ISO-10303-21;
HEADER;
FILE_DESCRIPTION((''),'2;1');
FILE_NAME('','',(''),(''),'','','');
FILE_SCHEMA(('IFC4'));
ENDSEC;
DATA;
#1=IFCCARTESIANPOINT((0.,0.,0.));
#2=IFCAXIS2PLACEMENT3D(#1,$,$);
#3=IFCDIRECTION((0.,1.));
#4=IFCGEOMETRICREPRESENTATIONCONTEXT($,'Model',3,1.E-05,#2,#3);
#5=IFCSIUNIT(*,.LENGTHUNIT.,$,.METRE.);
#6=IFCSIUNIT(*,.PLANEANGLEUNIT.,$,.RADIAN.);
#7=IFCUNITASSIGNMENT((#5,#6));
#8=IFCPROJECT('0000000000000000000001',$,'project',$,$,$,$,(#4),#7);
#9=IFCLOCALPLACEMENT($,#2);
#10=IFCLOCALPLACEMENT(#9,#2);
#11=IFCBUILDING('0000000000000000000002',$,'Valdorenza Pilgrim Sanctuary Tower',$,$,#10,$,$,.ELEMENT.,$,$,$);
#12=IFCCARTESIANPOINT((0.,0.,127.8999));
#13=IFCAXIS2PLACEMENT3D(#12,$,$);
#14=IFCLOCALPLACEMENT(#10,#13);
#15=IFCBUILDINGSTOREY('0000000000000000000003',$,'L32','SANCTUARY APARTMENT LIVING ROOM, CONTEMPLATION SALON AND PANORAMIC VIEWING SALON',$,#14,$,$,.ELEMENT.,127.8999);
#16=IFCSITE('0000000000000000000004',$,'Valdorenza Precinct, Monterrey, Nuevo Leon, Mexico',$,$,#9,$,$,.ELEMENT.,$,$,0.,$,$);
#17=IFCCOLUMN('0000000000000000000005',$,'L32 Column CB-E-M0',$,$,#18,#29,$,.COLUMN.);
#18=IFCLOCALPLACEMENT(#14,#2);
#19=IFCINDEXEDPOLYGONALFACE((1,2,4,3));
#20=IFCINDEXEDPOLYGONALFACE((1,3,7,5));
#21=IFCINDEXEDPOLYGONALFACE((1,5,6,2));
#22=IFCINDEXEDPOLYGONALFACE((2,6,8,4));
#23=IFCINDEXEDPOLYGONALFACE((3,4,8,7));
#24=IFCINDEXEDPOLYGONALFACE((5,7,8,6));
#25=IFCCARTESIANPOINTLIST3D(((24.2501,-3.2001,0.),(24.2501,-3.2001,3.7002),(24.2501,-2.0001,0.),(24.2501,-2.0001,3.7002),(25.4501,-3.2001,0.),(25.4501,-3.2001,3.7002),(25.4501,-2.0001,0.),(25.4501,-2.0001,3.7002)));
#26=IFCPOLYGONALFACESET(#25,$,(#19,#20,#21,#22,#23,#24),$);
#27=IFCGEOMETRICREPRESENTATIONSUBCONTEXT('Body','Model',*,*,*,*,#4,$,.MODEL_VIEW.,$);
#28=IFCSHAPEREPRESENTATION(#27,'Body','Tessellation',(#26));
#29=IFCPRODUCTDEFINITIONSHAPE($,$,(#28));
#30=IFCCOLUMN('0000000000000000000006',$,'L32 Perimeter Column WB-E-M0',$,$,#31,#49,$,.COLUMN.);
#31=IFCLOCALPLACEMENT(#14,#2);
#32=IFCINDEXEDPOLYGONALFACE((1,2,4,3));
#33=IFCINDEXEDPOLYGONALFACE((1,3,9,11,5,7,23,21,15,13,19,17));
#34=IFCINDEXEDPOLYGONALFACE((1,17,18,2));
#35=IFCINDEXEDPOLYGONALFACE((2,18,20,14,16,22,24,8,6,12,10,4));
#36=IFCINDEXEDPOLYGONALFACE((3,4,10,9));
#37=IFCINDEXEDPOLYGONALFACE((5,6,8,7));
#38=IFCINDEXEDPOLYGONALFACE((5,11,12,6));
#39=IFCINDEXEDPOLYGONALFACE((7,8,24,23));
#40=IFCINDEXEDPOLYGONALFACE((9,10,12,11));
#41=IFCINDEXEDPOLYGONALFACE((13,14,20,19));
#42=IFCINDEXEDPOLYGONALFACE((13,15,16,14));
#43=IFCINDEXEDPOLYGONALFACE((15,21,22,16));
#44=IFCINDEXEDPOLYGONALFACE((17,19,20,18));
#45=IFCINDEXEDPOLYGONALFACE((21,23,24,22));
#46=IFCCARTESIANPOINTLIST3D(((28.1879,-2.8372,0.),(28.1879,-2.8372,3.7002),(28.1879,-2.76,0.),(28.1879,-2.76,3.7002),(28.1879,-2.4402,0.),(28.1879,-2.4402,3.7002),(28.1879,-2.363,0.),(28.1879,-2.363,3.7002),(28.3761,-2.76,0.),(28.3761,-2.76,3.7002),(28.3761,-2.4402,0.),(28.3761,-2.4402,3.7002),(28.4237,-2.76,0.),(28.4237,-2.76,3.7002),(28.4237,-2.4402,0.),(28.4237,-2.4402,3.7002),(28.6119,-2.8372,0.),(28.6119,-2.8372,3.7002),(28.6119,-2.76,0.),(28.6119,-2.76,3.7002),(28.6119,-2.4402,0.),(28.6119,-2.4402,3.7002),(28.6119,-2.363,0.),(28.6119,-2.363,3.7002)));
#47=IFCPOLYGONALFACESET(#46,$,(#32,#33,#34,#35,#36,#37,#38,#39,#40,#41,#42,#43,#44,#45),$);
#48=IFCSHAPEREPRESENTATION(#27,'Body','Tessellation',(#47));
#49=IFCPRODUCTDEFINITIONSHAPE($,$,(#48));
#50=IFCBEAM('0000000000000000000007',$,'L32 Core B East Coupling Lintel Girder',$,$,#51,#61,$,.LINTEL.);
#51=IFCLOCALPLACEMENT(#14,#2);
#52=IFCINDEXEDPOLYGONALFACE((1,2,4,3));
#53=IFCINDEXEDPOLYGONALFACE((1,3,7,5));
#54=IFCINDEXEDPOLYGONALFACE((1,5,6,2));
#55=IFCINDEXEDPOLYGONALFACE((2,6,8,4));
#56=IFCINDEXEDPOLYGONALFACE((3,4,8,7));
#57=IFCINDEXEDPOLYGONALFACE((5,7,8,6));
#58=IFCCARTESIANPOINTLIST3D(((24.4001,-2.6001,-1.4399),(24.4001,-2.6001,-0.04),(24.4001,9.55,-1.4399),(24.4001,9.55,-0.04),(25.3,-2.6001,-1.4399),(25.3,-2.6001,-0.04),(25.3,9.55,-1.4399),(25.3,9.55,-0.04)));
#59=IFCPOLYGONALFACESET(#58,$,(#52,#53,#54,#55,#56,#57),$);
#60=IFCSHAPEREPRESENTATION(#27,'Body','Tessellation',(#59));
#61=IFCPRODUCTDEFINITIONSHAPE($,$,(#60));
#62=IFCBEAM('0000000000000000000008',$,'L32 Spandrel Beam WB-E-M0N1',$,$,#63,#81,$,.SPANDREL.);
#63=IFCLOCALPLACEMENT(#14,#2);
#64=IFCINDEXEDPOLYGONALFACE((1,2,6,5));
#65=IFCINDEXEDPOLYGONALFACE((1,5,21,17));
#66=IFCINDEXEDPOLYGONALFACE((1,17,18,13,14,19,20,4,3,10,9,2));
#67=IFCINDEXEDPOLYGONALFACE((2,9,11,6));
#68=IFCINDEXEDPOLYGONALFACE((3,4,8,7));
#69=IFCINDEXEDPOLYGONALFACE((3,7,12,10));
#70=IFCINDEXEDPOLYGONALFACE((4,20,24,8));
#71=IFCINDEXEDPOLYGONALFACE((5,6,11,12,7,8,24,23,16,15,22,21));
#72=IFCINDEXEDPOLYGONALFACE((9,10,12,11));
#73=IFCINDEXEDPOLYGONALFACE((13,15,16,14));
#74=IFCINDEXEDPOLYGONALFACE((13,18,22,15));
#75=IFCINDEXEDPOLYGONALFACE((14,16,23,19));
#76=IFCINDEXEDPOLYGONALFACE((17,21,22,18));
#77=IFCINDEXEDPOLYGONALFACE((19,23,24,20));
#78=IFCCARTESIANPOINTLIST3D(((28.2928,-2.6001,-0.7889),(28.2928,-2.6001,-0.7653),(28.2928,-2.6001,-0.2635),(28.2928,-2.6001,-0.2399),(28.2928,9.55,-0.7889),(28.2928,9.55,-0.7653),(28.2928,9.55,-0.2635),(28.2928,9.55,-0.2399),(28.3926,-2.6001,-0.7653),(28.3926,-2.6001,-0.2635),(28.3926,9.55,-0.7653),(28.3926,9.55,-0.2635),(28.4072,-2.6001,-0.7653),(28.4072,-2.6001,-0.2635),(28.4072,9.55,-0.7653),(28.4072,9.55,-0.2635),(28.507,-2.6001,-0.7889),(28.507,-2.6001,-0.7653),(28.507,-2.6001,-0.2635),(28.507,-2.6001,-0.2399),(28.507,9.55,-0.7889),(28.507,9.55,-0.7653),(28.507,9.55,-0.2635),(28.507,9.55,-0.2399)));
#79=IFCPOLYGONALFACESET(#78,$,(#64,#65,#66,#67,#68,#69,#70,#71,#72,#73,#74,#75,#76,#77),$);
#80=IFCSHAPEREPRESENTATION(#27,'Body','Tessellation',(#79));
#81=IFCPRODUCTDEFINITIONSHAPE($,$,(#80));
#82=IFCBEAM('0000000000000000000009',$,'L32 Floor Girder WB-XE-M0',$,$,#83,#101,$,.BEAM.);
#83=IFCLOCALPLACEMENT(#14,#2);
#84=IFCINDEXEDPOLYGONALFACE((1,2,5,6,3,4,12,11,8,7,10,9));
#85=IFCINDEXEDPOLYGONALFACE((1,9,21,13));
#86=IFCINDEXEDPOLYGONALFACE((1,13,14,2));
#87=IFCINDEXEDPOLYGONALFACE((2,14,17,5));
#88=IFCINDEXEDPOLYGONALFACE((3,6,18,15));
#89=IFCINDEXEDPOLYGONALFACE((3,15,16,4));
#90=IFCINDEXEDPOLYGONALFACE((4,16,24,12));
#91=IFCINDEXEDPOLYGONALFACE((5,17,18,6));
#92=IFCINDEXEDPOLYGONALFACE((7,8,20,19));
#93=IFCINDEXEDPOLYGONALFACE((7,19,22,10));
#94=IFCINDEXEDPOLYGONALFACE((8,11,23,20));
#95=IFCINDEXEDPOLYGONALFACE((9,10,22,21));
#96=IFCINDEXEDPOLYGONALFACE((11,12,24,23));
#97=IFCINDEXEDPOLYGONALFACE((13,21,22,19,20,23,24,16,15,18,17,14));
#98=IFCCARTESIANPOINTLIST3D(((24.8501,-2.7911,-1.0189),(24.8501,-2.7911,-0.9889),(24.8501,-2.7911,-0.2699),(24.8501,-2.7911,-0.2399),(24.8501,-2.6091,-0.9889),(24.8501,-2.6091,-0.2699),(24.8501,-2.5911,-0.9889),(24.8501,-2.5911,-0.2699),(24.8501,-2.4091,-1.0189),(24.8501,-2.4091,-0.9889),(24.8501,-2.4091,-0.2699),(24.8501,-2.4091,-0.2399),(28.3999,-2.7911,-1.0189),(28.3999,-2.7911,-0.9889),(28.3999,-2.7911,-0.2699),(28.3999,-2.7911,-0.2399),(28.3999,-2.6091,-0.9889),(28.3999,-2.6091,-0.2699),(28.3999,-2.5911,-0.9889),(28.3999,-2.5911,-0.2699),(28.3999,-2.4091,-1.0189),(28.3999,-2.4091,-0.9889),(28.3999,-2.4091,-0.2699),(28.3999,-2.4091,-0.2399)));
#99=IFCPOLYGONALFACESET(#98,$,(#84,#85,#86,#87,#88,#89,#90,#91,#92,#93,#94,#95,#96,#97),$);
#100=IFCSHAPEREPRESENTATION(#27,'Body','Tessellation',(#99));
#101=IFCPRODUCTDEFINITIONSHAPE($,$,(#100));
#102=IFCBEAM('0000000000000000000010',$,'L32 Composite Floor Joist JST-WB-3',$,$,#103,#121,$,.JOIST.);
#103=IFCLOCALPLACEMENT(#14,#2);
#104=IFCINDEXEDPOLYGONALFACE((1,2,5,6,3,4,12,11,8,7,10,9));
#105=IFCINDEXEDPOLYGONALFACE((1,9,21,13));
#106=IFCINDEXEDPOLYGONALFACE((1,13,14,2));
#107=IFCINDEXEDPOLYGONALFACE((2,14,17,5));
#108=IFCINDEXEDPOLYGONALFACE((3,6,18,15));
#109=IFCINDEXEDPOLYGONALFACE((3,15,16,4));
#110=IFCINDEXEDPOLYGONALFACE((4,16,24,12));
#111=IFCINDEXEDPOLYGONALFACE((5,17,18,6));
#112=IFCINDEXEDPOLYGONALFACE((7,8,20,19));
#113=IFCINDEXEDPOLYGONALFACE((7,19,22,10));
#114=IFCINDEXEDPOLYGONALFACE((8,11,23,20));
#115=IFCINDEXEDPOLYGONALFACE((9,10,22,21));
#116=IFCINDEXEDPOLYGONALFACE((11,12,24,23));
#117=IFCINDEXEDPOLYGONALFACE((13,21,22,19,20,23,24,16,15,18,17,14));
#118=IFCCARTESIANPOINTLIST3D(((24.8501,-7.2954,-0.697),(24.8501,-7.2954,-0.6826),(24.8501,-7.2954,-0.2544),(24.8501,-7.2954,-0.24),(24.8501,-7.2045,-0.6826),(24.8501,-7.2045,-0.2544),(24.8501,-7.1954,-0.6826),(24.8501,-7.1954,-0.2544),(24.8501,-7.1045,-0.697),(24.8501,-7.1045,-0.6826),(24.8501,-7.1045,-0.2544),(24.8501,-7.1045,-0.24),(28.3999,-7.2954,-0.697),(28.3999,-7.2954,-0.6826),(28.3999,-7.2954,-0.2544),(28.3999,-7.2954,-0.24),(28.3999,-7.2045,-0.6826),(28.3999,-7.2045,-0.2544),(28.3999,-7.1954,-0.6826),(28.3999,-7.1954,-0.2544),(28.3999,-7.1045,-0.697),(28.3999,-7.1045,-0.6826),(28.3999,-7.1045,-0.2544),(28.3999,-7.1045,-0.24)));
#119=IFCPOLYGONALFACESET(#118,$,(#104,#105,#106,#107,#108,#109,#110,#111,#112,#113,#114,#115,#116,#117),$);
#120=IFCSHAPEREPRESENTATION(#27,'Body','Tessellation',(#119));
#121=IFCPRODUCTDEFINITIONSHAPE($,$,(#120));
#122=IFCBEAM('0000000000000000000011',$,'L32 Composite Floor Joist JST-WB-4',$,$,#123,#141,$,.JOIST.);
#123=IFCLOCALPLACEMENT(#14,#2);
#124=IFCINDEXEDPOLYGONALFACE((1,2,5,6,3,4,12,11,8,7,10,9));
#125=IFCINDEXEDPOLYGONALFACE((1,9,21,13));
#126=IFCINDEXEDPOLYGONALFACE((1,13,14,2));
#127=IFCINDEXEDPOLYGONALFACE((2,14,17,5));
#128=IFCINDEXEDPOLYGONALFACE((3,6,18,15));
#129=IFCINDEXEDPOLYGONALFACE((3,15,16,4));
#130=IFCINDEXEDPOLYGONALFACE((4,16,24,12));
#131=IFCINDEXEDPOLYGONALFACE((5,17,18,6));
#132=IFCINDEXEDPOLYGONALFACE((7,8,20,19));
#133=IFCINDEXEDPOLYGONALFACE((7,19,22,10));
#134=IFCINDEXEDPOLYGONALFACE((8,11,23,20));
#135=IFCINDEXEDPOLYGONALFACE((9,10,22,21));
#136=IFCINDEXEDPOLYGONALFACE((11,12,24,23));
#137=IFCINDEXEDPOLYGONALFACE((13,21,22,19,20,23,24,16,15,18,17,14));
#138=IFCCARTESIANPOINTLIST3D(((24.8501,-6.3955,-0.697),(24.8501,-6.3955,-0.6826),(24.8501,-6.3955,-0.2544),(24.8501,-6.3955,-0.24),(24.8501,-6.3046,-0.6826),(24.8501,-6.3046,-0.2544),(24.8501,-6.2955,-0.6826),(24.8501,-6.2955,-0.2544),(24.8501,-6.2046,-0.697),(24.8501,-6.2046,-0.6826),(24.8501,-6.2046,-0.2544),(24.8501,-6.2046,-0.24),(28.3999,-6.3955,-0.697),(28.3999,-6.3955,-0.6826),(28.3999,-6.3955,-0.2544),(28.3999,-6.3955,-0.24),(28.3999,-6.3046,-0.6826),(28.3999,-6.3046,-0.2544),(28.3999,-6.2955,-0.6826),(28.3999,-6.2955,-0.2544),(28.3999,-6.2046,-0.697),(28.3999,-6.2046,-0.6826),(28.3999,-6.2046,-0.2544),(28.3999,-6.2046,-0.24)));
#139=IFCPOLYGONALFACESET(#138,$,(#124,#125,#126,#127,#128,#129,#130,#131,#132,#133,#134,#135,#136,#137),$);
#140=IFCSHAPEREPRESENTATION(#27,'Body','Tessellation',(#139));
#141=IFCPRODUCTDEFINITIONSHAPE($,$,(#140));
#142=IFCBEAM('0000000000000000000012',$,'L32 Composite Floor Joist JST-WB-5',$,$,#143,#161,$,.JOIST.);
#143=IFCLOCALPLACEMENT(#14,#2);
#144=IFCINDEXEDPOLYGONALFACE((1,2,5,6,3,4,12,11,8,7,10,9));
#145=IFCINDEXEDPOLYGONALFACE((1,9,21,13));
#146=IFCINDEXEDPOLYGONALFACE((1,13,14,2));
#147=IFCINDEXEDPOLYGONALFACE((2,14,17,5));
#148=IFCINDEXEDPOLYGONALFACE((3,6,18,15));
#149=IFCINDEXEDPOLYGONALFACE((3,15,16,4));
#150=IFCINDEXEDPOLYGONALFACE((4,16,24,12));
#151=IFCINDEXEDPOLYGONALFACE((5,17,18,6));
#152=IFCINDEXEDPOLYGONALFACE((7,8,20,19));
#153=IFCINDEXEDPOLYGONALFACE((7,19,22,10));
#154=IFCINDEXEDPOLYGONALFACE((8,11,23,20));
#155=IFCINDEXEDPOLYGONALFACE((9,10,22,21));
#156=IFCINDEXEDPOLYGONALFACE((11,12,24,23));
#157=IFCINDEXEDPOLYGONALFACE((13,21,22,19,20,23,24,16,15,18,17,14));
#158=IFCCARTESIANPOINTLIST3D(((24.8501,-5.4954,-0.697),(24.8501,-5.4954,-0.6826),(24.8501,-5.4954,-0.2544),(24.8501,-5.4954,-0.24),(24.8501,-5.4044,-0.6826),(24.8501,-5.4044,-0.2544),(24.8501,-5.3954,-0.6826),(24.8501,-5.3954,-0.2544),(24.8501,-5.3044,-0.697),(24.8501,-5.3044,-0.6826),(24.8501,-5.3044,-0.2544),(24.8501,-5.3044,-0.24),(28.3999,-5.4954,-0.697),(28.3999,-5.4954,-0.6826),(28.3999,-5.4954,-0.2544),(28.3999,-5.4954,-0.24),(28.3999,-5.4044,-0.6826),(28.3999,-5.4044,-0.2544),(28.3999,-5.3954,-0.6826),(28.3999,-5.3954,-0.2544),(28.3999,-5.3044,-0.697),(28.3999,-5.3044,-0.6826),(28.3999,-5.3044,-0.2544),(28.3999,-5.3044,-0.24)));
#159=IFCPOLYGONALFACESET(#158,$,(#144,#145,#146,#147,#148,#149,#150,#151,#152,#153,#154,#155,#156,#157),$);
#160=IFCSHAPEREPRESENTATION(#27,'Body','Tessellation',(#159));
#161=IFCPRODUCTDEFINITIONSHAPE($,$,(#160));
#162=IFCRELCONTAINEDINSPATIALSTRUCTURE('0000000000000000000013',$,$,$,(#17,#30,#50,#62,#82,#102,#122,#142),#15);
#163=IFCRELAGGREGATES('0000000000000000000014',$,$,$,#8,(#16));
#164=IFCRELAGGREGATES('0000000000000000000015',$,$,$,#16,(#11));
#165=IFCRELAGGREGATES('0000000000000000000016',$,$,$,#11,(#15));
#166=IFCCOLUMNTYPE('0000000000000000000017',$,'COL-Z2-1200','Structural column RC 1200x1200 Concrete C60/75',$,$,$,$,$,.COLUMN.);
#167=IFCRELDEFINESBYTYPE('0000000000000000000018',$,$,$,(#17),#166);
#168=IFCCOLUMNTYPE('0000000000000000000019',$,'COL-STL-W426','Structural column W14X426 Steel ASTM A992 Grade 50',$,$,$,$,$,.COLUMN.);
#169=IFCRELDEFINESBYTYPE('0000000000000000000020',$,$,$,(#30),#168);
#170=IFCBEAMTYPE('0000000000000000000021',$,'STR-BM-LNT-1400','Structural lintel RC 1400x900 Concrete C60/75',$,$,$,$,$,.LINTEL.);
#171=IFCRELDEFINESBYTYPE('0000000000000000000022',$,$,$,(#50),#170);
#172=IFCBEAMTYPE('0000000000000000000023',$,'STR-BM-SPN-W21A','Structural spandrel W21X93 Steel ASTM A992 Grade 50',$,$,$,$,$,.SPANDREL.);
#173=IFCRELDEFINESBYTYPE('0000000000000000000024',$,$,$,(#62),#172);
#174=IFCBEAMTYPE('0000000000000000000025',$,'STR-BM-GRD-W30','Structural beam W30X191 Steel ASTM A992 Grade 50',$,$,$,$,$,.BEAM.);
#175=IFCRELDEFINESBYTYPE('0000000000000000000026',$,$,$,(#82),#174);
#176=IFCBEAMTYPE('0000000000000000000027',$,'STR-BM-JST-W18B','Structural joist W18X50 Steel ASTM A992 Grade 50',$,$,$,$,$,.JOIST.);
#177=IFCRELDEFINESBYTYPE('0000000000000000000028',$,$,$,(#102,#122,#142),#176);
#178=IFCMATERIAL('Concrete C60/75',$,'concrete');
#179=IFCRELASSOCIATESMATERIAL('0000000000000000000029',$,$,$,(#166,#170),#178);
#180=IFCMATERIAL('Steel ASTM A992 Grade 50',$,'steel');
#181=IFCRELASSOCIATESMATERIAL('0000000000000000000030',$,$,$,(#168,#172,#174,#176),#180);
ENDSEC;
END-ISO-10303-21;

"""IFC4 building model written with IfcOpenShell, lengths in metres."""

from ifc_helpers import new_model, si_unit, direction, frame, origin, origin_2d, place, context, subcontext, project, spatial, rectangle, i_section, extrude, source, transform, mapped, material, material_profile, profile_set, type_object, element, save


model = new_model("IFC4")

# Units and contexts
model_context = context("Model", 3, precision=1e-05, world=origin(), true_north=direction((0.0, 1.0)))
body_context = subcontext(model_context, "Body", "Model", "MODEL_VIEW")
ifc_project = project(units=[si_unit("LENGTHUNIT", "METRE"), si_unit("PLANEANGLEUNIT", "RADIAN")], contexts=[model_context])

# Site, building, storey
site_placement = place(None, origin())
site = spatial("IfcSite", under=ifc_project, at=site_placement, Name="Valdorenza Precinct, Monterrey, Nuevo Leon, Mexico", CompositionType="ELEMENT", RefElevation=0.0)
building_placement = place(site_placement, origin())
building = spatial("IfcBuilding", under=site, at=building_placement, Name="Valdorenza Pilgrim Sanctuary Tower", CompositionType="ELEMENT")
storey_placement = place(building_placement, frame((0.0, 0.0, 127.8999)))
storey = spatial("IfcBuildingStorey", under=building, at=storey_placement, Name="L32", Description="SANCTUARY APARTMENT LIVING ROOM, CONTEMPLATION SALON AND PANORAMIC VIEWING SALON", CompositionType="ELEMENT", Elevation=127.8999)

# Columns
ifc_material_1 = material(Name="Concrete C60/75", Category="concrete")
ifc_material_profile_1 = material_profile(ifc_material_1, rectangle(XDim=1.2, YDim=1.2, at=origin_2d()), Name="RC 1200x1200")
ifc_profile_set_1 = profile_set([ifc_material_profile_1], Name="Concrete C60/75")
column_type_1 = type_object("IfcColumnType", Name="COL-Z2-1200", Description="Structural column RC 1200x1200 Concrete C60/75", PredefinedType="COLUMN", material=ifc_profile_set_1)
shared_shape_1 = source(origin(), body_context, "Body", "SweptSolid", [
    extrude(rectangle(XDim=1.2, YDim=1.2, at=origin_2d()), origin(), (0.0, 0.0, 1.0), 3.7002),
])
column_1_placement = place(storey_placement, frame((24.8501, -2.6001, 0.0), z_axis=(0.0, 0.0, 1.0), x_axis=(1.0, 0.0, 0.0)))
element("IfcColumn", 1, at=column_1_placement, inside=storey, type_object=column_type_1, Name="L32 Column CB-E-M0", PredefinedType="COLUMN", context=body_context, shape_type="MappedRepresentation", body=[
    mapped(shared_shape_1, transform((0.0, 0.0, 0.0), x_axis=(1.0, 0.0, 0.0), y_axis=(0.0, 1.0, 0.0), z_axis=(0.0, 0.0, 1.0), scale=1.0)),
])
ifc_material_2 = material(Name="Steel ASTM A992 Grade 50", Category="steel")
ifc_material_profile_2 = material_profile(ifc_material_2, i_section(OverallWidth=0.4241, OverallDepth=0.4741, WebThickness=0.0476, FlangeThickness=0.0771, at=origin_2d()), Name="W14X426")
ifc_profile_set_2 = profile_set([ifc_material_profile_2], Name="Steel ASTM A992 Grade 50")
column_type_2 = type_object("IfcColumnType", Name="COL-STL-W426", Description="Structural column W14X426 Steel ASTM A992 Grade 50", PredefinedType="COLUMN", material=ifc_profile_set_2)
shared_shape_2 = source(origin(), body_context, "Body", "SweptSolid", [
    extrude(i_section(OverallWidth=0.4241, OverallDepth=0.4741, WebThickness=0.0476, FlangeThickness=0.0771, at=origin_2d()), origin(), (0.0, 0.0, 1.0), 3.7002),
])
column_2_placement = place(storey_placement, frame((28.3999, -2.6001, 0.0), z_axis=(0.0, 0.0, 1.0), x_axis=(1.0, 0.0, 0.0)))
element("IfcColumn", 2, at=column_2_placement, inside=storey, type_object=column_type_2, Name="L32 Perimeter Column WB-E-M0", PredefinedType="COLUMN", context=body_context, shape_type="MappedRepresentation", body=[
    mapped(shared_shape_2, transform((0.0, 0.0, 0.0), x_axis=(1.0, 0.0, 0.0), y_axis=(0.0, 1.0, 0.0), z_axis=(0.0, 0.0, 1.0), scale=1.0)),
])

# Beams
ifc_material_profile_3 = material_profile(ifc_material_1, rectangle(XDim=0.8999, YDim=1.3999, at=origin_2d()), Name="RC 1400x900")
ifc_profile_set_3 = profile_set([ifc_material_profile_3], Name="Concrete C60/75")
beam_type_1 = type_object("IfcBeamType", Name="STR-BM-LNT-1400", Description="Structural lintel RC 1400x900 Concrete C60/75", PredefinedType="LINTEL", material=ifc_profile_set_3)
shared_shape_3 = source(origin(), body_context, "Body", "SweptSolid", [
    extrude(rectangle(XDim=0.8999, YDim=1.3999, at=origin_2d()), origin(), (0.0, 0.0, 1.0), 12.1501),
])
beam_1_placement = place(storey_placement, frame((24.8501, -2.6001, -0.74), z_axis=(0.0, 1.0, 0.0), x_axis=(-1.0, 0.0, 0.0)))
element("IfcBeam", 3, at=beam_1_placement, inside=storey, type_object=beam_type_1, Name="L32 Core B East Coupling Lintel Girder", PredefinedType="LINTEL", context=body_context, shape_type="MappedRepresentation", body=[
    mapped(shared_shape_3, transform((0.0, 0.0, 0.0), x_axis=(1.0, 0.0, 0.0), y_axis=(0.0, 1.0, 0.0), z_axis=(0.0, 0.0, 1.0), scale=1.0)),
])
ifc_material_profile_4 = material_profile(ifc_material_2, i_section(OverallWidth=0.2141, OverallDepth=0.5491, WebThickness=0.0146, FlangeThickness=0.0237, at=origin_2d()), Name="W21X93")
ifc_profile_set_4 = profile_set([ifc_material_profile_4], Name="Steel ASTM A992 Grade 50")
beam_type_2 = type_object("IfcBeamType", Name="STR-BM-SPN-W21A", Description="Structural spandrel W21X93 Steel ASTM A992 Grade 50", PredefinedType="SPANDREL", material=ifc_profile_set_4)
shared_shape_4 = source(origin(), body_context, "Body", "SweptSolid", [
    extrude(i_section(OverallWidth=0.2141, OverallDepth=0.5491, WebThickness=0.0146, FlangeThickness=0.0237, at=origin_2d()), origin(), (0.0, 0.0, 1.0), 12.1501),
])
beam_2_placement = place(storey_placement, frame((28.3999, -2.6001, -0.5144), z_axis=(0.0, 1.0, 0.0), x_axis=(-1.0, 0.0, 0.0)))
element("IfcBeam", 4, at=beam_2_placement, inside=storey, type_object=beam_type_2, Name="L32 Spandrel Beam WB-E-M0N1", PredefinedType="SPANDREL", context=body_context, shape_type="MappedRepresentation", body=[
    mapped(shared_shape_4, transform((0.0, 0.0, 0.0), x_axis=(1.0, 0.0, 0.0), y_axis=(0.0, 1.0, 0.0), z_axis=(0.0, 0.0, 1.0), scale=1.0)),
])
ifc_material_profile_5 = material_profile(ifc_material_2, i_section(OverallWidth=0.3821, OverallDepth=0.7791, WebThickness=0.0181, FlangeThickness=0.03, at=origin_2d()), Name="W30X191")
ifc_profile_set_5 = profile_set([ifc_material_profile_5], Name="Steel ASTM A992 Grade 50")
beam_type_3 = type_object("IfcBeamType", Name="STR-BM-GRD-W30", Description="Structural beam W30X191 Steel ASTM A992 Grade 50", PredefinedType="BEAM", material=ifc_profile_set_5)
shared_shape_5 = source(origin(), body_context, "Body", "SweptSolid", [
    extrude(i_section(OverallWidth=0.3821, OverallDepth=0.7791, WebThickness=0.0181, FlangeThickness=0.03, at=origin_2d()), origin(), (0.0, 0.0, 1.0), 3.5498),
])
beam_3_placement = place(storey_placement, frame((24.8501, -2.6001, -0.6294), z_axis=(1.0, 0.0, 0.0), x_axis=(0.0, 1.0, 0.0)))
element("IfcBeam", 5, at=beam_3_placement, inside=storey, type_object=beam_type_3, Name="L32 Floor Girder WB-XE-M0", PredefinedType="BEAM", context=body_context, shape_type="MappedRepresentation", body=[
    mapped(shared_shape_5, transform((0.0, 0.0, 0.0), x_axis=(1.0, 0.0, 0.0), y_axis=(0.0, 1.0, 0.0), z_axis=(0.0, 0.0, 1.0), scale=1.0)),
])
ifc_material_profile_6 = material_profile(ifc_material_2, i_section(OverallWidth=0.1909, OverallDepth=0.457, WebThickness=0.009, FlangeThickness=0.0144, at=origin_2d()), Name="W18X50")
ifc_profile_set_6 = profile_set([ifc_material_profile_6], Name="Steel ASTM A992 Grade 50")
beam_type_4 = type_object("IfcBeamType", Name="STR-BM-JST-W18B", Description="Structural joist W18X50 Steel ASTM A992 Grade 50", PredefinedType="JOIST", material=ifc_profile_set_6)
shared_shape_6 = source(origin(), body_context, "Body", "SweptSolid", [
    extrude(i_section(OverallWidth=0.1909, OverallDepth=0.457, WebThickness=0.009, FlangeThickness=0.0144, at=origin_2d()), origin(), (0.0, 0.0, 1.0), 3.5498),
])
for number, where, z_axis, x_axis, name in (
    (6, (24.8501, -7.2, -0.4685), (1.0, 0.0, 0.0), (0.0, 1.0, 0.0), "L32 Composite Floor Joist JST-WB-3"),
    (7, (24.8501, -6.3, -0.4685), (1.0, 0.0, 0.0), (0.0, 1.0, 0.0), "L32 Composite Floor Joist JST-WB-4"),
    (8, (24.8501, -5.3999, -0.4685), (1.0, 0.0, 0.0), (0.0, 1.0, 0.0), "L32 Composite Floor Joist JST-WB-5"),
):
    element("IfcBeam", number, at=place(storey_placement, frame(where, z_axis=z_axis, x_axis=x_axis)), inside=storey, type_object=beam_type_4, Name=name, PredefinedType="JOIST", context=body_context, shape_type="MappedRepresentation", body=[
        mapped(shared_shape_6, transform((0.0, 0.0, 0.0), x_axis=(1.0, 0.0, 0.0), y_axis=(0.0, 1.0, 0.0), z_axis=(0.0, 0.0, 1.0), scale=1.0)),
    ])

save(model, "model.ifc")
